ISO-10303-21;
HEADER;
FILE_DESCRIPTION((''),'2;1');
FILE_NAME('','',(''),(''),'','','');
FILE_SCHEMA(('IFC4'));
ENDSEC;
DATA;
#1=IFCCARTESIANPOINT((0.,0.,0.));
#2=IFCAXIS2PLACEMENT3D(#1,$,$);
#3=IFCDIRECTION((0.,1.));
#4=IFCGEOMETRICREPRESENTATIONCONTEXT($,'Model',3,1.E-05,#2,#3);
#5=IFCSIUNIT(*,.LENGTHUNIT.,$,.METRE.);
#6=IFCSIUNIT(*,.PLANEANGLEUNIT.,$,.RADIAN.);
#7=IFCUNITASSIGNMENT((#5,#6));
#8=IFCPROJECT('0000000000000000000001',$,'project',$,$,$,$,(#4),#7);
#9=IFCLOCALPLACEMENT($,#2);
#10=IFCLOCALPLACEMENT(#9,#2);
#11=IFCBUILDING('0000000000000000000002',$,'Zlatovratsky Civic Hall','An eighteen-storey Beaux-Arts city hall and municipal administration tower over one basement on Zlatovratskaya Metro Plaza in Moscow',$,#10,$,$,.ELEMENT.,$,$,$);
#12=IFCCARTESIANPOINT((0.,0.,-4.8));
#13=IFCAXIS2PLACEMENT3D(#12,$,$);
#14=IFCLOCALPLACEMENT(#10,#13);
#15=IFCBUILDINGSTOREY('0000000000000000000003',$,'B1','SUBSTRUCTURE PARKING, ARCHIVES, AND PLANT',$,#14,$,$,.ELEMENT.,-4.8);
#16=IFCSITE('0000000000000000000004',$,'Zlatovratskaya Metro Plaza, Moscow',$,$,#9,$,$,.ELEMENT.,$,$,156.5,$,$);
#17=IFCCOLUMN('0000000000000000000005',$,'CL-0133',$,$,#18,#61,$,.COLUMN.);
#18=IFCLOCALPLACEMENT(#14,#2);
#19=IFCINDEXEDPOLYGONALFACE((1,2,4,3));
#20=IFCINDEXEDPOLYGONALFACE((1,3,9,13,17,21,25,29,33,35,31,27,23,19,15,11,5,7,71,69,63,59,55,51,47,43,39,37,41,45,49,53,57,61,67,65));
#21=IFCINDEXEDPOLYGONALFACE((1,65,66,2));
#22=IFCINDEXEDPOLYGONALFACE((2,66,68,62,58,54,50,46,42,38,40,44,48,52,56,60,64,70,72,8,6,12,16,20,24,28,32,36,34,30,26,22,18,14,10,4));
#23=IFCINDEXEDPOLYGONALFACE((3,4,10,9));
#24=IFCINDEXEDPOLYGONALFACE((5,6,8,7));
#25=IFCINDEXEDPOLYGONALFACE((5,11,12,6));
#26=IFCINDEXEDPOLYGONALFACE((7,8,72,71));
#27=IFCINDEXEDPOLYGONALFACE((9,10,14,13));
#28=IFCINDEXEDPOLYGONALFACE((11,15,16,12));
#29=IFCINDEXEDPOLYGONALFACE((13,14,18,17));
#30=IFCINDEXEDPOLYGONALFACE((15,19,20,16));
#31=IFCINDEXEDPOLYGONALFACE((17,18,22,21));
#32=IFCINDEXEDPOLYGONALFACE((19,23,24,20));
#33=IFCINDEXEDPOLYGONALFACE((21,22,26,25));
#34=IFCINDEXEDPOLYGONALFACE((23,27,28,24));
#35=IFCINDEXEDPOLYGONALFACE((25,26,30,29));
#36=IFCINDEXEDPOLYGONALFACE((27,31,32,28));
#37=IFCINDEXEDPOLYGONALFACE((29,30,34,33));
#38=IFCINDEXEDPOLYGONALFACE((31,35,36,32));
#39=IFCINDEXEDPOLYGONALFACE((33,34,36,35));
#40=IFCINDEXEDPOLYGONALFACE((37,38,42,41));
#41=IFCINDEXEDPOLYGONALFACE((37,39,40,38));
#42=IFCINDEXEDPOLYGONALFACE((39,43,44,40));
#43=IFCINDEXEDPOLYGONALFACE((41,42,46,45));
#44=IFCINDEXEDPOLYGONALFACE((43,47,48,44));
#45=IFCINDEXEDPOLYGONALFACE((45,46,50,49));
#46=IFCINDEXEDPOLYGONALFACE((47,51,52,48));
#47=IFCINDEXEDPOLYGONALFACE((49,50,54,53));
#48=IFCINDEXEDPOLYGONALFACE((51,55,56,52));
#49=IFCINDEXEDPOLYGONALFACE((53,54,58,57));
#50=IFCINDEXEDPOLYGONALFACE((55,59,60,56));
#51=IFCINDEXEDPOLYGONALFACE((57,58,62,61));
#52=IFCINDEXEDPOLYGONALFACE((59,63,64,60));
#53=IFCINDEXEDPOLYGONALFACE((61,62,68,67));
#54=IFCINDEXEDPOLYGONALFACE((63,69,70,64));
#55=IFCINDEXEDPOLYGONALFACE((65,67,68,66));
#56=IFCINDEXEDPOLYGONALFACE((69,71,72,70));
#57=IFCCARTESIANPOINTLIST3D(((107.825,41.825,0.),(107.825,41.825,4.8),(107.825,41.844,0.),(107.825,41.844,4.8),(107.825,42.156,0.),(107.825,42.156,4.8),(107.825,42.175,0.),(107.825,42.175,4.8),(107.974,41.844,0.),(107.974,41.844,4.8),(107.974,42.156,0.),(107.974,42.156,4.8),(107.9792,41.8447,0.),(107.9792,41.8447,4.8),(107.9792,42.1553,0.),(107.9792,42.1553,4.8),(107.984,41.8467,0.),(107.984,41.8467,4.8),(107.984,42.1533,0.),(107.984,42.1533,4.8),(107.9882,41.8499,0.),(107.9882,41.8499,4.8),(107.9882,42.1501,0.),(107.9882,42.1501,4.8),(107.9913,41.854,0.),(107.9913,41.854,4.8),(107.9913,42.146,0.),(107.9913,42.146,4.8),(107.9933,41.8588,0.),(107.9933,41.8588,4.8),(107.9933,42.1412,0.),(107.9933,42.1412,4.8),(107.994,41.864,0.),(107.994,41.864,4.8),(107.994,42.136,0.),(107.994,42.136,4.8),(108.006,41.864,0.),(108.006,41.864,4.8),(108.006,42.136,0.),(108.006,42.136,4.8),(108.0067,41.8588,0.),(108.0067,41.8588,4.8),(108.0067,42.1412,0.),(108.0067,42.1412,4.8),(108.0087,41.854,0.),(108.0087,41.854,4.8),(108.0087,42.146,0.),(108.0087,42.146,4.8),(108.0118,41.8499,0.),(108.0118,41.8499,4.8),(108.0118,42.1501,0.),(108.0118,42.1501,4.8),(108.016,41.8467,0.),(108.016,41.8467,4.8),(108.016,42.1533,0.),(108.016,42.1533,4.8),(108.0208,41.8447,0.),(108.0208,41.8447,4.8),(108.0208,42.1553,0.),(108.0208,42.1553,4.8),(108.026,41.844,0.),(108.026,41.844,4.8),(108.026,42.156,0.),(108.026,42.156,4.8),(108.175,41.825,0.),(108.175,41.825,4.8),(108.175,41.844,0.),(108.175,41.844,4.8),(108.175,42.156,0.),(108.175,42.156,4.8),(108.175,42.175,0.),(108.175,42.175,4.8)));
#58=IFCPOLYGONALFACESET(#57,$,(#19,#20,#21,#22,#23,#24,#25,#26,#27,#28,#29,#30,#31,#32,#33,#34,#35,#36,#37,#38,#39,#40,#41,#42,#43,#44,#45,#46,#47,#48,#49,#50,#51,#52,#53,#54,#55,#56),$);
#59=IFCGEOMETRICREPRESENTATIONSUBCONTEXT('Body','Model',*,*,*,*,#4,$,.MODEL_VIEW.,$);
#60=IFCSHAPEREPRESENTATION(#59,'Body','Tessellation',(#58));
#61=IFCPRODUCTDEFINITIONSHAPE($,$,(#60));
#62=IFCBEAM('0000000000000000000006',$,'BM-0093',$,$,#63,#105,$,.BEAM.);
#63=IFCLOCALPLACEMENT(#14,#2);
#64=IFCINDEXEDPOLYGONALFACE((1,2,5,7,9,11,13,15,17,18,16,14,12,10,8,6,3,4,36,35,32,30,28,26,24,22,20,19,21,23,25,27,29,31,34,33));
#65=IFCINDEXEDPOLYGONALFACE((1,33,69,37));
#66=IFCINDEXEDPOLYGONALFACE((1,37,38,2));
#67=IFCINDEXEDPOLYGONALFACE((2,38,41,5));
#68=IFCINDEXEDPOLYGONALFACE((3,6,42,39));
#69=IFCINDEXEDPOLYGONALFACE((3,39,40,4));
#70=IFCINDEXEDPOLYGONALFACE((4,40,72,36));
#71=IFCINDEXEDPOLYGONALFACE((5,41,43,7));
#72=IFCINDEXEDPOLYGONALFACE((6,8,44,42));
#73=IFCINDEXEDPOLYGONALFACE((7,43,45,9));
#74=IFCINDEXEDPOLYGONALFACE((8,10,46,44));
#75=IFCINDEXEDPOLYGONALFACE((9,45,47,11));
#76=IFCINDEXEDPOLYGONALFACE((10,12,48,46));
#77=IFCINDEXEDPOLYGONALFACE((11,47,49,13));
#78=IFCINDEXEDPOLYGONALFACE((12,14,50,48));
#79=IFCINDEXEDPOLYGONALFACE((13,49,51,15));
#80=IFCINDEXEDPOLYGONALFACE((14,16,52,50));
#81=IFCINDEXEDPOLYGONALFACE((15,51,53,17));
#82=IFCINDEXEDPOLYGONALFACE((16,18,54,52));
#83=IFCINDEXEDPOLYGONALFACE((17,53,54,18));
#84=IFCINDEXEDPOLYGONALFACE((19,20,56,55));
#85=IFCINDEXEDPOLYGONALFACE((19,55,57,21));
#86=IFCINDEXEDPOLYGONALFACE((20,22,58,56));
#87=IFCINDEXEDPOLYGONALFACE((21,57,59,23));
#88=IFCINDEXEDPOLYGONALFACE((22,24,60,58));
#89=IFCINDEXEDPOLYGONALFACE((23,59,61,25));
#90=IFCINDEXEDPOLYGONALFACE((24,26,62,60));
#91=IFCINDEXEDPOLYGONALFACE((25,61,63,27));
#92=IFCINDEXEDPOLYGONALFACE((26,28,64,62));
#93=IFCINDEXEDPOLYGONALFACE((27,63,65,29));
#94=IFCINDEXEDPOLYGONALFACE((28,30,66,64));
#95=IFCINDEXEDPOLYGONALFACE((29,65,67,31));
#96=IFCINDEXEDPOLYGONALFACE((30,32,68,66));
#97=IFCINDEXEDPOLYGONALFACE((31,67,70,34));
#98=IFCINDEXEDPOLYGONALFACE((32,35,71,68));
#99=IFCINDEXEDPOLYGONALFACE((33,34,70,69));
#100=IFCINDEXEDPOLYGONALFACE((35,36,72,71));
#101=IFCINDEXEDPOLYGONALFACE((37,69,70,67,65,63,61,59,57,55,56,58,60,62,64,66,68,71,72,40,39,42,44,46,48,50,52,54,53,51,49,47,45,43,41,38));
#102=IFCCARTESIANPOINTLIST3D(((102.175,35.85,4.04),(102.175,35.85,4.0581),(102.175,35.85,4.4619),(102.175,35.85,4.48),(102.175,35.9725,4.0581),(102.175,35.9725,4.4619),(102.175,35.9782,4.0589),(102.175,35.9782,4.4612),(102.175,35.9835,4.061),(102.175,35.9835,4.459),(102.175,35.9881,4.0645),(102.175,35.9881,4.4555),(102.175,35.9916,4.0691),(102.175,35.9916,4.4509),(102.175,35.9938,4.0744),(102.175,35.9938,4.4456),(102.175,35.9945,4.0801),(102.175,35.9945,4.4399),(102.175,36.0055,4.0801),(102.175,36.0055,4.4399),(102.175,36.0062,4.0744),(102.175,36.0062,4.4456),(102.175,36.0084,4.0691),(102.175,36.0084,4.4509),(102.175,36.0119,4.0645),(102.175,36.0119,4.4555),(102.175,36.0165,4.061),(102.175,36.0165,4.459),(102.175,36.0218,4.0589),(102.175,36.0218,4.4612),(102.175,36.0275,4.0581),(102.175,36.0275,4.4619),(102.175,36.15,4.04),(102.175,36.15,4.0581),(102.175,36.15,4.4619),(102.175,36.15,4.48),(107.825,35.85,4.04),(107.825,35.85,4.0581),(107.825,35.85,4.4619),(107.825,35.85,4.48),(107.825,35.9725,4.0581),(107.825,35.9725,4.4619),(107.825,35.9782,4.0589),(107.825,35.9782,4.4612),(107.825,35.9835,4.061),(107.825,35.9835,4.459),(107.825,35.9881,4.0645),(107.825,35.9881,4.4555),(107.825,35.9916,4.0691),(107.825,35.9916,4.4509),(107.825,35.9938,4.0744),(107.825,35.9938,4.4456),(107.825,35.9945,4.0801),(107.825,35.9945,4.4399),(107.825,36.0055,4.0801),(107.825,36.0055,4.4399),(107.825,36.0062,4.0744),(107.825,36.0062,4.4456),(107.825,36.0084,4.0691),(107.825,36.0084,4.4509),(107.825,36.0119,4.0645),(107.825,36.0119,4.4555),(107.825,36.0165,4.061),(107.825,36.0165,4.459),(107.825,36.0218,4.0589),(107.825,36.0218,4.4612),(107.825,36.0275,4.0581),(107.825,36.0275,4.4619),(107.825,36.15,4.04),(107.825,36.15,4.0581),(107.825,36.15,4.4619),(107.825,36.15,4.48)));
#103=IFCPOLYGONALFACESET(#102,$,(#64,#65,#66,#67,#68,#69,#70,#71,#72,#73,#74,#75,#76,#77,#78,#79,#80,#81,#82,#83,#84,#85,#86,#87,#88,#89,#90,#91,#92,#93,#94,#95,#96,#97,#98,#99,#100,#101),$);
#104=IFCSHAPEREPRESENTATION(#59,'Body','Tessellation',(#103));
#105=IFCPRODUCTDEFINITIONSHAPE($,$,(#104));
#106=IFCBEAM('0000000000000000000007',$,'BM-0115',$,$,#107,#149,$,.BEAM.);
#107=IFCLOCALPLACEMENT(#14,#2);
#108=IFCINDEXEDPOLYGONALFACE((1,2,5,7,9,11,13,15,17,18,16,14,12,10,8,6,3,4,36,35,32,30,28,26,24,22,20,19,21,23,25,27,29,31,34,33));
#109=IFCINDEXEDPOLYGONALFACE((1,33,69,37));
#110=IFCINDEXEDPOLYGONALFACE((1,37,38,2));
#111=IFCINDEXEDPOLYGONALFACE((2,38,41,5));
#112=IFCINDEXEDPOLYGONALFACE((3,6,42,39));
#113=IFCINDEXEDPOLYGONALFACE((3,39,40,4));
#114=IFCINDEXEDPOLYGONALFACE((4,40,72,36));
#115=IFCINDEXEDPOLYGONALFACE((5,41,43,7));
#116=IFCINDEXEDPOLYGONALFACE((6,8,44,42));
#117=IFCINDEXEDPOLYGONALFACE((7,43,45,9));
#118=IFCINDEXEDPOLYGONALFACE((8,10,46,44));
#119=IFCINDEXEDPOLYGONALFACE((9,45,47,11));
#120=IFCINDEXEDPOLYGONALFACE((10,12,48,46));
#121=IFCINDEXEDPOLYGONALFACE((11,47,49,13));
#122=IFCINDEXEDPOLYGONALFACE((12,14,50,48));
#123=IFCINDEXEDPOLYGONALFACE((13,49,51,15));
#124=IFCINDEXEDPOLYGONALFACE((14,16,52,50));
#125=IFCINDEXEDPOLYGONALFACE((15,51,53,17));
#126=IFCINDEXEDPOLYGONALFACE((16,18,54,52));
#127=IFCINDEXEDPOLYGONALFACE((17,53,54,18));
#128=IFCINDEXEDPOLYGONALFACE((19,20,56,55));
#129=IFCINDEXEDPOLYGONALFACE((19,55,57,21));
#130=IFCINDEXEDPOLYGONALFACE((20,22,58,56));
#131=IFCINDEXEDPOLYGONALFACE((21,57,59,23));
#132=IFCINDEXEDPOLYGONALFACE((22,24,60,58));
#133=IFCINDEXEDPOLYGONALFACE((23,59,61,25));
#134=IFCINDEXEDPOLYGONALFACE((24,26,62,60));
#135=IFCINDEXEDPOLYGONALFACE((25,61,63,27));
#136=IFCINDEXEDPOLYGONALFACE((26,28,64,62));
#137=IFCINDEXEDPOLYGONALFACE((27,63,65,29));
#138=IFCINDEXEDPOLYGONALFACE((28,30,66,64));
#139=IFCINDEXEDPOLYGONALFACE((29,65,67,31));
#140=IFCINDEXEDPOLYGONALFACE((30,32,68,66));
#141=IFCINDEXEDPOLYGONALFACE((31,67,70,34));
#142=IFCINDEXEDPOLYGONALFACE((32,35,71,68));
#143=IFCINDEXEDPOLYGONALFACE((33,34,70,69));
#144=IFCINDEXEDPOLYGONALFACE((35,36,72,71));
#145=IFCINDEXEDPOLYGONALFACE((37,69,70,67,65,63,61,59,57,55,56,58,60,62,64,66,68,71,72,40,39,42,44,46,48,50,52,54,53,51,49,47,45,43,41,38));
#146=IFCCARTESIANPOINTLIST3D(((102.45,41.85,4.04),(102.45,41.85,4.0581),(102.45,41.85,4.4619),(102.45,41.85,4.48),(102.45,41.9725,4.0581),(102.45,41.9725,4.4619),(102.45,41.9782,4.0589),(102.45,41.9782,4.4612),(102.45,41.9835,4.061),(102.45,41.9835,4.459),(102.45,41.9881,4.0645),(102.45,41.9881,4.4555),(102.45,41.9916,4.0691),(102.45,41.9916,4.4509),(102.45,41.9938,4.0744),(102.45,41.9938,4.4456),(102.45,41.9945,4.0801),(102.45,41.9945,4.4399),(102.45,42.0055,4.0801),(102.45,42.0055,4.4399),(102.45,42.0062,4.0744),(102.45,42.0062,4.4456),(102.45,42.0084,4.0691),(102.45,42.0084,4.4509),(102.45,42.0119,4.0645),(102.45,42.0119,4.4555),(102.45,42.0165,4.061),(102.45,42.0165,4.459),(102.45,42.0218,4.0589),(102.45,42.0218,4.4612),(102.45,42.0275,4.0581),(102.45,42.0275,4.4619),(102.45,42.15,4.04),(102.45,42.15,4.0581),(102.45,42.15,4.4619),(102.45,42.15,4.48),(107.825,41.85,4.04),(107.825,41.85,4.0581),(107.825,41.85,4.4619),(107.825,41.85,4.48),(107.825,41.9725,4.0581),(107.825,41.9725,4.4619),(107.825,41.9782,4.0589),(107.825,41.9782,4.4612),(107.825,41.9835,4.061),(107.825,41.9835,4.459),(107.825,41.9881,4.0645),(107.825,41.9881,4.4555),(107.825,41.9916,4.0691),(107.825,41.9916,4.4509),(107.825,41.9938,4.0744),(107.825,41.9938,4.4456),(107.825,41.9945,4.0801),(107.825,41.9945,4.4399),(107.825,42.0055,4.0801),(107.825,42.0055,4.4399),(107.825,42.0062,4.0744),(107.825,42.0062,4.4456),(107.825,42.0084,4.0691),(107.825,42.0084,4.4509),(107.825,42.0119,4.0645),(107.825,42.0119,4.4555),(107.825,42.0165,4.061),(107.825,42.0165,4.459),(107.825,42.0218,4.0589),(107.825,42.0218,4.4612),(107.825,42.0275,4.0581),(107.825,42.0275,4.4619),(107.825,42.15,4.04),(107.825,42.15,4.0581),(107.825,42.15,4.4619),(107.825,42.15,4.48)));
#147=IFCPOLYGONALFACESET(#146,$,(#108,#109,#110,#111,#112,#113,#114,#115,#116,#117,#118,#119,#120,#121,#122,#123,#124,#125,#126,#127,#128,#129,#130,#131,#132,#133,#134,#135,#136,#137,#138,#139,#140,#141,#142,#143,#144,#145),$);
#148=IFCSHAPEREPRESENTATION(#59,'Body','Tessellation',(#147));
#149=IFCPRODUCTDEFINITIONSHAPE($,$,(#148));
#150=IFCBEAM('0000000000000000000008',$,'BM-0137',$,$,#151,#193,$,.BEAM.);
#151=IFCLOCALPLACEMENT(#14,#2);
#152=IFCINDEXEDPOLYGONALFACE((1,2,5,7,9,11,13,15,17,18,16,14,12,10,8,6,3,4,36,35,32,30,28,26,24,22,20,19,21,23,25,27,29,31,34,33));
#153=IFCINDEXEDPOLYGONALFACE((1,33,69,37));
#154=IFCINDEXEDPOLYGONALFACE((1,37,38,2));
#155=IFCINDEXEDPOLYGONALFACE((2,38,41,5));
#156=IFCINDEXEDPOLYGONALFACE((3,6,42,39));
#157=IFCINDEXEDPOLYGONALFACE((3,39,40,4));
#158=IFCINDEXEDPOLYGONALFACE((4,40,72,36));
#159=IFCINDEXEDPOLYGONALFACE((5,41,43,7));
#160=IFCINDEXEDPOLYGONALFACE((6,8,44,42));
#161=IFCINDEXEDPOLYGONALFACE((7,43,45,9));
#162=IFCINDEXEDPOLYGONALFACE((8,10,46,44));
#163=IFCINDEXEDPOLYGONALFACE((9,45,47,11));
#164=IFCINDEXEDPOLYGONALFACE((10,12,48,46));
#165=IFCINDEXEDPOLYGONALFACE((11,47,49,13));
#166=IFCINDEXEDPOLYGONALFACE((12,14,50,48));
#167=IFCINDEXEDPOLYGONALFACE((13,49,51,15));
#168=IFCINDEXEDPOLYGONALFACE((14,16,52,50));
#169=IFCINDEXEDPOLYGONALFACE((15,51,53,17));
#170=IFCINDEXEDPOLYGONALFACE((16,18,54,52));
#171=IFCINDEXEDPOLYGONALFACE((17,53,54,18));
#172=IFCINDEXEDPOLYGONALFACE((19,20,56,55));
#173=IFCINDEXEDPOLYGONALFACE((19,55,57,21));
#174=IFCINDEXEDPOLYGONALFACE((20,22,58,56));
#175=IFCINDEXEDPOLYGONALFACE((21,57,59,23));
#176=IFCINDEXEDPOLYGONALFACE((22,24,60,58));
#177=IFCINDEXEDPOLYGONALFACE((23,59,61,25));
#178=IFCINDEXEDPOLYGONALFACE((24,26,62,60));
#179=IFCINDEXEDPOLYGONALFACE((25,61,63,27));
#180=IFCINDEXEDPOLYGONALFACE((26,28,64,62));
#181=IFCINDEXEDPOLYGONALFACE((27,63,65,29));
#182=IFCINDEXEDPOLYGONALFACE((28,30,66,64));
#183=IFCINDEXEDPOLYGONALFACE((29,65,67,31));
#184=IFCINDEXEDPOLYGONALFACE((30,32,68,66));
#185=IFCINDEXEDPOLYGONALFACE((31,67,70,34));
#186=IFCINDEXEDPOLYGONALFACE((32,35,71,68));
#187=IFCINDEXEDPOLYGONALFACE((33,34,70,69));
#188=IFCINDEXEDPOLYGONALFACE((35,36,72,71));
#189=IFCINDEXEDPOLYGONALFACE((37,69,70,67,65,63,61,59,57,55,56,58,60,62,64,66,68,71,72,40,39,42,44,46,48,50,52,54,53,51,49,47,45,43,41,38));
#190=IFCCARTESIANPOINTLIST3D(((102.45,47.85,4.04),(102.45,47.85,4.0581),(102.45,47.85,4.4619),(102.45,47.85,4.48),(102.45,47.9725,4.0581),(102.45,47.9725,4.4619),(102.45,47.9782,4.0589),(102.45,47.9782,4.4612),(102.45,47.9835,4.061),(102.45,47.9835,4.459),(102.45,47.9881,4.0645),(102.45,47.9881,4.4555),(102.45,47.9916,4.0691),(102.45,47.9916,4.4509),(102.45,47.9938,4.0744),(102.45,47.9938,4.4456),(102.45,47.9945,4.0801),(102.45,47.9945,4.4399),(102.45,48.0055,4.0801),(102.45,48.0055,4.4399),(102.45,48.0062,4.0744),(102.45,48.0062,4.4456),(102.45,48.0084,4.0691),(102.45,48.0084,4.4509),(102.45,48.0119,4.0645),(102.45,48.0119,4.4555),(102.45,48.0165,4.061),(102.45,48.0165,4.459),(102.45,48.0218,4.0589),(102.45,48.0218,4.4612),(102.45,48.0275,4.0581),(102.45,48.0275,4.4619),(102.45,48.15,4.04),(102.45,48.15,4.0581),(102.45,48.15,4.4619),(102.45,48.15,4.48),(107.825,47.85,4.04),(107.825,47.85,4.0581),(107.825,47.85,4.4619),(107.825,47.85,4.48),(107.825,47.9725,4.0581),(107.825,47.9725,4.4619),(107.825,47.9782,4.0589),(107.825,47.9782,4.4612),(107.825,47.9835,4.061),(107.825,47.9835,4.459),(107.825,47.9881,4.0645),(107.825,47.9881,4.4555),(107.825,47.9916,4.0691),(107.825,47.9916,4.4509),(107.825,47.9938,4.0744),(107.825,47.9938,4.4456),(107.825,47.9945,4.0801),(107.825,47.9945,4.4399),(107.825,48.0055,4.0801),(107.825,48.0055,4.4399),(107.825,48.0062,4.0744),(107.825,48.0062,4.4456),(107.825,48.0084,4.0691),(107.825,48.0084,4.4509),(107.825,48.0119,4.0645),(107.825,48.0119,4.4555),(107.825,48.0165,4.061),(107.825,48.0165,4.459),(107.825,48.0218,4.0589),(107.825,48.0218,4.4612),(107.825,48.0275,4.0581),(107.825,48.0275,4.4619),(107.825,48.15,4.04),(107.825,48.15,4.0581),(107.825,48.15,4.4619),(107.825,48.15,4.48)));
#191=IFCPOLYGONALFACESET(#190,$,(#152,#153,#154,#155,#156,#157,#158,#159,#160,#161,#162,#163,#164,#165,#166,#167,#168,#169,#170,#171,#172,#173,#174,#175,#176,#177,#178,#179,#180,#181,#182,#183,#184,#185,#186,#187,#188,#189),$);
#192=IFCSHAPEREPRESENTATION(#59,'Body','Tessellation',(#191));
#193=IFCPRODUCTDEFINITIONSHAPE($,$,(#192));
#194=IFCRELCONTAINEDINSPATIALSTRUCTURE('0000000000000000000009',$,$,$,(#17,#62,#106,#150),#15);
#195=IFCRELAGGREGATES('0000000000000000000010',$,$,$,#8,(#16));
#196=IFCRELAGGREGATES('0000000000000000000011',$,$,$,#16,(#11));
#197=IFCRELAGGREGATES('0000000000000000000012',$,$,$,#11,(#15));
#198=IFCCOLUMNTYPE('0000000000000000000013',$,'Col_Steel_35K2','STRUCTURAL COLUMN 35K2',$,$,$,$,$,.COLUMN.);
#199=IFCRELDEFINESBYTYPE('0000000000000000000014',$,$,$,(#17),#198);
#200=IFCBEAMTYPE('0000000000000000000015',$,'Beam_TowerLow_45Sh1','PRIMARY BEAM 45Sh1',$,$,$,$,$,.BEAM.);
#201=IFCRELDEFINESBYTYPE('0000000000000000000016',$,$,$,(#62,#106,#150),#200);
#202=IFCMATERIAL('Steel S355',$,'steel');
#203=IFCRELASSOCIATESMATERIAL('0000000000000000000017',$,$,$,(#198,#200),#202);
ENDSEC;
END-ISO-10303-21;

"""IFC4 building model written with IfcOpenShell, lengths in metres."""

from ifc_helpers import new_model, si_unit, direction, frame, origin, origin_2d, place, context, subcontext, project, spatial, i_section, extrude, material, material_profile, profile_set, type_object, element, save


model = new_model("IFC4")

# Units and contexts
model_context = context("Model", 3, precision=1e-05, world=origin(), true_north=direction((0.0, 1.0)))
body_context = subcontext(model_context, "Body", "Model", "MODEL_VIEW")
ifc_project = project(units=[si_unit("LENGTHUNIT", "METRE"), si_unit("PLANEANGLEUNIT", "RADIAN")], contexts=[model_context])

# Site, building, storey
site_placement = place(None, origin())
site = spatial("IfcSite", under=ifc_project, at=site_placement, Name="Zlatovratskaya Metro Plaza, Moscow", CompositionType="ELEMENT", RefElevation=156.5)
building_placement = place(site_placement, origin())
building = spatial("IfcBuilding", under=site, at=building_placement, Name="Zlatovratsky Civic Hall", Description="An eighteen-storey Beaux-Arts city hall and municipal administration tower over one basement on Zlatovratskaya Metro Plaza in Moscow", CompositionType="ELEMENT")
storey_placement = place(building_placement, frame((0.0, 0.0, -4.8)))
storey = spatial("IfcBuildingStorey", under=building, at=storey_placement, Name="B1", Description="SUBSTRUCTURE PARKING, ARCHIVES, AND PLANT", CompositionType="ELEMENT", Elevation=-4.8)

# Column
ifc_material_1 = material(Name="Steel S355", Category="steel")
ifc_material_profile_1 = material_profile(ifc_material_1, i_section(OverallWidth=0.3501, OverallDepth=0.3501, WebThickness=0.012, FlangeThickness=0.019, FilletRadius=0.02, at=origin_2d()), Name="35K2")
ifc_profile_set_1 = profile_set([ifc_material_profile_1], Name="Steel S355")
column_type_1 = type_object("IfcColumnType", Name="Col_Steel_35K2", Description="STRUCTURAL COLUMN 35K2", PredefinedType="COLUMN", material=ifc_profile_set_1)
for number, where, z_axis, x_axis, name in (
    (1, (108.0, 42.0, 0.0), (0.0, 0.0, 1.0), (1.0, 0.0, 0.0), "CL-0133"),
):
    element("IfcColumn", number, at=place(storey_placement, frame(where, z_axis=z_axis, x_axis=x_axis)), inside=storey, type_object=column_type_1, Name=name, PredefinedType="COLUMN", context=body_context, shape_type="SweptSolid", body=[
        extrude(i_section(OverallWidth=0.3501, OverallDepth=0.3501, WebThickness=0.012, FlangeThickness=0.019, FilletRadius=0.02, at=origin_2d()), origin(), (0.0, 0.0, 1.0), 4.8),
    ])

# Beams
ifc_material_profile_2 = material_profile(ifc_material_1, i_section(OverallWidth=0.3, OverallDepth=0.4399, WebThickness=0.011, FlangeThickness=0.0181, FilletRadius=0.022, at=origin_2d()), Name="45Sh1")
ifc_profile_set_2 = profile_set([ifc_material_profile_2], Name="Steel S355")
beam_type = type_object("IfcBeamType", Name="Beam_TowerLow_45Sh1", Description="PRIMARY BEAM 45Sh1", PredefinedType="BEAM", material=ifc_profile_set_2)
beam_1_placement = place(storey_placement, frame((102.175, 36.0, 4.26), z_axis=(1.0, 0.0, 0.0), x_axis=(0.0, 1.0, 0.0)))
element("IfcBeam", 2, at=beam_1_placement, inside=storey, type_object=beam_type, Name="BM-0093", PredefinedType="BEAM", context=body_context, shape_type="SweptSolid", body=[
    extrude(i_section(OverallWidth=0.3, OverallDepth=0.4399, WebThickness=0.011, FlangeThickness=0.0181, FilletRadius=0.022, at=origin_2d()), origin(), (0.0, 0.0, 1.0), 5.6499),
])
for number, where, z_axis, x_axis, name in (
    (3, (102.45, 42.0, 4.26), (1.0, 0.0, 0.0), (0.0, 1.0, 0.0), "BM-0115"),
    (4, (102.45, 48.0, 4.26), (1.0, 0.0, 0.0), (0.0, 1.0, 0.0), "BM-0137"),
):
    element("IfcBeam", number, at=place(storey_placement, frame(where, z_axis=z_axis, x_axis=x_axis)), inside=storey, type_object=beam_type, Name=name, PredefinedType="BEAM", context=body_context, shape_type="SweptSolid", body=[
        extrude(i_section(OverallWidth=0.3, OverallDepth=0.4399, WebThickness=0.011, FlangeThickness=0.0181, FilletRadius=0.022, at=origin_2d()), origin(), (0.0, 0.0, 1.0), 5.375),
    ])

save(model, "model.ifc")
